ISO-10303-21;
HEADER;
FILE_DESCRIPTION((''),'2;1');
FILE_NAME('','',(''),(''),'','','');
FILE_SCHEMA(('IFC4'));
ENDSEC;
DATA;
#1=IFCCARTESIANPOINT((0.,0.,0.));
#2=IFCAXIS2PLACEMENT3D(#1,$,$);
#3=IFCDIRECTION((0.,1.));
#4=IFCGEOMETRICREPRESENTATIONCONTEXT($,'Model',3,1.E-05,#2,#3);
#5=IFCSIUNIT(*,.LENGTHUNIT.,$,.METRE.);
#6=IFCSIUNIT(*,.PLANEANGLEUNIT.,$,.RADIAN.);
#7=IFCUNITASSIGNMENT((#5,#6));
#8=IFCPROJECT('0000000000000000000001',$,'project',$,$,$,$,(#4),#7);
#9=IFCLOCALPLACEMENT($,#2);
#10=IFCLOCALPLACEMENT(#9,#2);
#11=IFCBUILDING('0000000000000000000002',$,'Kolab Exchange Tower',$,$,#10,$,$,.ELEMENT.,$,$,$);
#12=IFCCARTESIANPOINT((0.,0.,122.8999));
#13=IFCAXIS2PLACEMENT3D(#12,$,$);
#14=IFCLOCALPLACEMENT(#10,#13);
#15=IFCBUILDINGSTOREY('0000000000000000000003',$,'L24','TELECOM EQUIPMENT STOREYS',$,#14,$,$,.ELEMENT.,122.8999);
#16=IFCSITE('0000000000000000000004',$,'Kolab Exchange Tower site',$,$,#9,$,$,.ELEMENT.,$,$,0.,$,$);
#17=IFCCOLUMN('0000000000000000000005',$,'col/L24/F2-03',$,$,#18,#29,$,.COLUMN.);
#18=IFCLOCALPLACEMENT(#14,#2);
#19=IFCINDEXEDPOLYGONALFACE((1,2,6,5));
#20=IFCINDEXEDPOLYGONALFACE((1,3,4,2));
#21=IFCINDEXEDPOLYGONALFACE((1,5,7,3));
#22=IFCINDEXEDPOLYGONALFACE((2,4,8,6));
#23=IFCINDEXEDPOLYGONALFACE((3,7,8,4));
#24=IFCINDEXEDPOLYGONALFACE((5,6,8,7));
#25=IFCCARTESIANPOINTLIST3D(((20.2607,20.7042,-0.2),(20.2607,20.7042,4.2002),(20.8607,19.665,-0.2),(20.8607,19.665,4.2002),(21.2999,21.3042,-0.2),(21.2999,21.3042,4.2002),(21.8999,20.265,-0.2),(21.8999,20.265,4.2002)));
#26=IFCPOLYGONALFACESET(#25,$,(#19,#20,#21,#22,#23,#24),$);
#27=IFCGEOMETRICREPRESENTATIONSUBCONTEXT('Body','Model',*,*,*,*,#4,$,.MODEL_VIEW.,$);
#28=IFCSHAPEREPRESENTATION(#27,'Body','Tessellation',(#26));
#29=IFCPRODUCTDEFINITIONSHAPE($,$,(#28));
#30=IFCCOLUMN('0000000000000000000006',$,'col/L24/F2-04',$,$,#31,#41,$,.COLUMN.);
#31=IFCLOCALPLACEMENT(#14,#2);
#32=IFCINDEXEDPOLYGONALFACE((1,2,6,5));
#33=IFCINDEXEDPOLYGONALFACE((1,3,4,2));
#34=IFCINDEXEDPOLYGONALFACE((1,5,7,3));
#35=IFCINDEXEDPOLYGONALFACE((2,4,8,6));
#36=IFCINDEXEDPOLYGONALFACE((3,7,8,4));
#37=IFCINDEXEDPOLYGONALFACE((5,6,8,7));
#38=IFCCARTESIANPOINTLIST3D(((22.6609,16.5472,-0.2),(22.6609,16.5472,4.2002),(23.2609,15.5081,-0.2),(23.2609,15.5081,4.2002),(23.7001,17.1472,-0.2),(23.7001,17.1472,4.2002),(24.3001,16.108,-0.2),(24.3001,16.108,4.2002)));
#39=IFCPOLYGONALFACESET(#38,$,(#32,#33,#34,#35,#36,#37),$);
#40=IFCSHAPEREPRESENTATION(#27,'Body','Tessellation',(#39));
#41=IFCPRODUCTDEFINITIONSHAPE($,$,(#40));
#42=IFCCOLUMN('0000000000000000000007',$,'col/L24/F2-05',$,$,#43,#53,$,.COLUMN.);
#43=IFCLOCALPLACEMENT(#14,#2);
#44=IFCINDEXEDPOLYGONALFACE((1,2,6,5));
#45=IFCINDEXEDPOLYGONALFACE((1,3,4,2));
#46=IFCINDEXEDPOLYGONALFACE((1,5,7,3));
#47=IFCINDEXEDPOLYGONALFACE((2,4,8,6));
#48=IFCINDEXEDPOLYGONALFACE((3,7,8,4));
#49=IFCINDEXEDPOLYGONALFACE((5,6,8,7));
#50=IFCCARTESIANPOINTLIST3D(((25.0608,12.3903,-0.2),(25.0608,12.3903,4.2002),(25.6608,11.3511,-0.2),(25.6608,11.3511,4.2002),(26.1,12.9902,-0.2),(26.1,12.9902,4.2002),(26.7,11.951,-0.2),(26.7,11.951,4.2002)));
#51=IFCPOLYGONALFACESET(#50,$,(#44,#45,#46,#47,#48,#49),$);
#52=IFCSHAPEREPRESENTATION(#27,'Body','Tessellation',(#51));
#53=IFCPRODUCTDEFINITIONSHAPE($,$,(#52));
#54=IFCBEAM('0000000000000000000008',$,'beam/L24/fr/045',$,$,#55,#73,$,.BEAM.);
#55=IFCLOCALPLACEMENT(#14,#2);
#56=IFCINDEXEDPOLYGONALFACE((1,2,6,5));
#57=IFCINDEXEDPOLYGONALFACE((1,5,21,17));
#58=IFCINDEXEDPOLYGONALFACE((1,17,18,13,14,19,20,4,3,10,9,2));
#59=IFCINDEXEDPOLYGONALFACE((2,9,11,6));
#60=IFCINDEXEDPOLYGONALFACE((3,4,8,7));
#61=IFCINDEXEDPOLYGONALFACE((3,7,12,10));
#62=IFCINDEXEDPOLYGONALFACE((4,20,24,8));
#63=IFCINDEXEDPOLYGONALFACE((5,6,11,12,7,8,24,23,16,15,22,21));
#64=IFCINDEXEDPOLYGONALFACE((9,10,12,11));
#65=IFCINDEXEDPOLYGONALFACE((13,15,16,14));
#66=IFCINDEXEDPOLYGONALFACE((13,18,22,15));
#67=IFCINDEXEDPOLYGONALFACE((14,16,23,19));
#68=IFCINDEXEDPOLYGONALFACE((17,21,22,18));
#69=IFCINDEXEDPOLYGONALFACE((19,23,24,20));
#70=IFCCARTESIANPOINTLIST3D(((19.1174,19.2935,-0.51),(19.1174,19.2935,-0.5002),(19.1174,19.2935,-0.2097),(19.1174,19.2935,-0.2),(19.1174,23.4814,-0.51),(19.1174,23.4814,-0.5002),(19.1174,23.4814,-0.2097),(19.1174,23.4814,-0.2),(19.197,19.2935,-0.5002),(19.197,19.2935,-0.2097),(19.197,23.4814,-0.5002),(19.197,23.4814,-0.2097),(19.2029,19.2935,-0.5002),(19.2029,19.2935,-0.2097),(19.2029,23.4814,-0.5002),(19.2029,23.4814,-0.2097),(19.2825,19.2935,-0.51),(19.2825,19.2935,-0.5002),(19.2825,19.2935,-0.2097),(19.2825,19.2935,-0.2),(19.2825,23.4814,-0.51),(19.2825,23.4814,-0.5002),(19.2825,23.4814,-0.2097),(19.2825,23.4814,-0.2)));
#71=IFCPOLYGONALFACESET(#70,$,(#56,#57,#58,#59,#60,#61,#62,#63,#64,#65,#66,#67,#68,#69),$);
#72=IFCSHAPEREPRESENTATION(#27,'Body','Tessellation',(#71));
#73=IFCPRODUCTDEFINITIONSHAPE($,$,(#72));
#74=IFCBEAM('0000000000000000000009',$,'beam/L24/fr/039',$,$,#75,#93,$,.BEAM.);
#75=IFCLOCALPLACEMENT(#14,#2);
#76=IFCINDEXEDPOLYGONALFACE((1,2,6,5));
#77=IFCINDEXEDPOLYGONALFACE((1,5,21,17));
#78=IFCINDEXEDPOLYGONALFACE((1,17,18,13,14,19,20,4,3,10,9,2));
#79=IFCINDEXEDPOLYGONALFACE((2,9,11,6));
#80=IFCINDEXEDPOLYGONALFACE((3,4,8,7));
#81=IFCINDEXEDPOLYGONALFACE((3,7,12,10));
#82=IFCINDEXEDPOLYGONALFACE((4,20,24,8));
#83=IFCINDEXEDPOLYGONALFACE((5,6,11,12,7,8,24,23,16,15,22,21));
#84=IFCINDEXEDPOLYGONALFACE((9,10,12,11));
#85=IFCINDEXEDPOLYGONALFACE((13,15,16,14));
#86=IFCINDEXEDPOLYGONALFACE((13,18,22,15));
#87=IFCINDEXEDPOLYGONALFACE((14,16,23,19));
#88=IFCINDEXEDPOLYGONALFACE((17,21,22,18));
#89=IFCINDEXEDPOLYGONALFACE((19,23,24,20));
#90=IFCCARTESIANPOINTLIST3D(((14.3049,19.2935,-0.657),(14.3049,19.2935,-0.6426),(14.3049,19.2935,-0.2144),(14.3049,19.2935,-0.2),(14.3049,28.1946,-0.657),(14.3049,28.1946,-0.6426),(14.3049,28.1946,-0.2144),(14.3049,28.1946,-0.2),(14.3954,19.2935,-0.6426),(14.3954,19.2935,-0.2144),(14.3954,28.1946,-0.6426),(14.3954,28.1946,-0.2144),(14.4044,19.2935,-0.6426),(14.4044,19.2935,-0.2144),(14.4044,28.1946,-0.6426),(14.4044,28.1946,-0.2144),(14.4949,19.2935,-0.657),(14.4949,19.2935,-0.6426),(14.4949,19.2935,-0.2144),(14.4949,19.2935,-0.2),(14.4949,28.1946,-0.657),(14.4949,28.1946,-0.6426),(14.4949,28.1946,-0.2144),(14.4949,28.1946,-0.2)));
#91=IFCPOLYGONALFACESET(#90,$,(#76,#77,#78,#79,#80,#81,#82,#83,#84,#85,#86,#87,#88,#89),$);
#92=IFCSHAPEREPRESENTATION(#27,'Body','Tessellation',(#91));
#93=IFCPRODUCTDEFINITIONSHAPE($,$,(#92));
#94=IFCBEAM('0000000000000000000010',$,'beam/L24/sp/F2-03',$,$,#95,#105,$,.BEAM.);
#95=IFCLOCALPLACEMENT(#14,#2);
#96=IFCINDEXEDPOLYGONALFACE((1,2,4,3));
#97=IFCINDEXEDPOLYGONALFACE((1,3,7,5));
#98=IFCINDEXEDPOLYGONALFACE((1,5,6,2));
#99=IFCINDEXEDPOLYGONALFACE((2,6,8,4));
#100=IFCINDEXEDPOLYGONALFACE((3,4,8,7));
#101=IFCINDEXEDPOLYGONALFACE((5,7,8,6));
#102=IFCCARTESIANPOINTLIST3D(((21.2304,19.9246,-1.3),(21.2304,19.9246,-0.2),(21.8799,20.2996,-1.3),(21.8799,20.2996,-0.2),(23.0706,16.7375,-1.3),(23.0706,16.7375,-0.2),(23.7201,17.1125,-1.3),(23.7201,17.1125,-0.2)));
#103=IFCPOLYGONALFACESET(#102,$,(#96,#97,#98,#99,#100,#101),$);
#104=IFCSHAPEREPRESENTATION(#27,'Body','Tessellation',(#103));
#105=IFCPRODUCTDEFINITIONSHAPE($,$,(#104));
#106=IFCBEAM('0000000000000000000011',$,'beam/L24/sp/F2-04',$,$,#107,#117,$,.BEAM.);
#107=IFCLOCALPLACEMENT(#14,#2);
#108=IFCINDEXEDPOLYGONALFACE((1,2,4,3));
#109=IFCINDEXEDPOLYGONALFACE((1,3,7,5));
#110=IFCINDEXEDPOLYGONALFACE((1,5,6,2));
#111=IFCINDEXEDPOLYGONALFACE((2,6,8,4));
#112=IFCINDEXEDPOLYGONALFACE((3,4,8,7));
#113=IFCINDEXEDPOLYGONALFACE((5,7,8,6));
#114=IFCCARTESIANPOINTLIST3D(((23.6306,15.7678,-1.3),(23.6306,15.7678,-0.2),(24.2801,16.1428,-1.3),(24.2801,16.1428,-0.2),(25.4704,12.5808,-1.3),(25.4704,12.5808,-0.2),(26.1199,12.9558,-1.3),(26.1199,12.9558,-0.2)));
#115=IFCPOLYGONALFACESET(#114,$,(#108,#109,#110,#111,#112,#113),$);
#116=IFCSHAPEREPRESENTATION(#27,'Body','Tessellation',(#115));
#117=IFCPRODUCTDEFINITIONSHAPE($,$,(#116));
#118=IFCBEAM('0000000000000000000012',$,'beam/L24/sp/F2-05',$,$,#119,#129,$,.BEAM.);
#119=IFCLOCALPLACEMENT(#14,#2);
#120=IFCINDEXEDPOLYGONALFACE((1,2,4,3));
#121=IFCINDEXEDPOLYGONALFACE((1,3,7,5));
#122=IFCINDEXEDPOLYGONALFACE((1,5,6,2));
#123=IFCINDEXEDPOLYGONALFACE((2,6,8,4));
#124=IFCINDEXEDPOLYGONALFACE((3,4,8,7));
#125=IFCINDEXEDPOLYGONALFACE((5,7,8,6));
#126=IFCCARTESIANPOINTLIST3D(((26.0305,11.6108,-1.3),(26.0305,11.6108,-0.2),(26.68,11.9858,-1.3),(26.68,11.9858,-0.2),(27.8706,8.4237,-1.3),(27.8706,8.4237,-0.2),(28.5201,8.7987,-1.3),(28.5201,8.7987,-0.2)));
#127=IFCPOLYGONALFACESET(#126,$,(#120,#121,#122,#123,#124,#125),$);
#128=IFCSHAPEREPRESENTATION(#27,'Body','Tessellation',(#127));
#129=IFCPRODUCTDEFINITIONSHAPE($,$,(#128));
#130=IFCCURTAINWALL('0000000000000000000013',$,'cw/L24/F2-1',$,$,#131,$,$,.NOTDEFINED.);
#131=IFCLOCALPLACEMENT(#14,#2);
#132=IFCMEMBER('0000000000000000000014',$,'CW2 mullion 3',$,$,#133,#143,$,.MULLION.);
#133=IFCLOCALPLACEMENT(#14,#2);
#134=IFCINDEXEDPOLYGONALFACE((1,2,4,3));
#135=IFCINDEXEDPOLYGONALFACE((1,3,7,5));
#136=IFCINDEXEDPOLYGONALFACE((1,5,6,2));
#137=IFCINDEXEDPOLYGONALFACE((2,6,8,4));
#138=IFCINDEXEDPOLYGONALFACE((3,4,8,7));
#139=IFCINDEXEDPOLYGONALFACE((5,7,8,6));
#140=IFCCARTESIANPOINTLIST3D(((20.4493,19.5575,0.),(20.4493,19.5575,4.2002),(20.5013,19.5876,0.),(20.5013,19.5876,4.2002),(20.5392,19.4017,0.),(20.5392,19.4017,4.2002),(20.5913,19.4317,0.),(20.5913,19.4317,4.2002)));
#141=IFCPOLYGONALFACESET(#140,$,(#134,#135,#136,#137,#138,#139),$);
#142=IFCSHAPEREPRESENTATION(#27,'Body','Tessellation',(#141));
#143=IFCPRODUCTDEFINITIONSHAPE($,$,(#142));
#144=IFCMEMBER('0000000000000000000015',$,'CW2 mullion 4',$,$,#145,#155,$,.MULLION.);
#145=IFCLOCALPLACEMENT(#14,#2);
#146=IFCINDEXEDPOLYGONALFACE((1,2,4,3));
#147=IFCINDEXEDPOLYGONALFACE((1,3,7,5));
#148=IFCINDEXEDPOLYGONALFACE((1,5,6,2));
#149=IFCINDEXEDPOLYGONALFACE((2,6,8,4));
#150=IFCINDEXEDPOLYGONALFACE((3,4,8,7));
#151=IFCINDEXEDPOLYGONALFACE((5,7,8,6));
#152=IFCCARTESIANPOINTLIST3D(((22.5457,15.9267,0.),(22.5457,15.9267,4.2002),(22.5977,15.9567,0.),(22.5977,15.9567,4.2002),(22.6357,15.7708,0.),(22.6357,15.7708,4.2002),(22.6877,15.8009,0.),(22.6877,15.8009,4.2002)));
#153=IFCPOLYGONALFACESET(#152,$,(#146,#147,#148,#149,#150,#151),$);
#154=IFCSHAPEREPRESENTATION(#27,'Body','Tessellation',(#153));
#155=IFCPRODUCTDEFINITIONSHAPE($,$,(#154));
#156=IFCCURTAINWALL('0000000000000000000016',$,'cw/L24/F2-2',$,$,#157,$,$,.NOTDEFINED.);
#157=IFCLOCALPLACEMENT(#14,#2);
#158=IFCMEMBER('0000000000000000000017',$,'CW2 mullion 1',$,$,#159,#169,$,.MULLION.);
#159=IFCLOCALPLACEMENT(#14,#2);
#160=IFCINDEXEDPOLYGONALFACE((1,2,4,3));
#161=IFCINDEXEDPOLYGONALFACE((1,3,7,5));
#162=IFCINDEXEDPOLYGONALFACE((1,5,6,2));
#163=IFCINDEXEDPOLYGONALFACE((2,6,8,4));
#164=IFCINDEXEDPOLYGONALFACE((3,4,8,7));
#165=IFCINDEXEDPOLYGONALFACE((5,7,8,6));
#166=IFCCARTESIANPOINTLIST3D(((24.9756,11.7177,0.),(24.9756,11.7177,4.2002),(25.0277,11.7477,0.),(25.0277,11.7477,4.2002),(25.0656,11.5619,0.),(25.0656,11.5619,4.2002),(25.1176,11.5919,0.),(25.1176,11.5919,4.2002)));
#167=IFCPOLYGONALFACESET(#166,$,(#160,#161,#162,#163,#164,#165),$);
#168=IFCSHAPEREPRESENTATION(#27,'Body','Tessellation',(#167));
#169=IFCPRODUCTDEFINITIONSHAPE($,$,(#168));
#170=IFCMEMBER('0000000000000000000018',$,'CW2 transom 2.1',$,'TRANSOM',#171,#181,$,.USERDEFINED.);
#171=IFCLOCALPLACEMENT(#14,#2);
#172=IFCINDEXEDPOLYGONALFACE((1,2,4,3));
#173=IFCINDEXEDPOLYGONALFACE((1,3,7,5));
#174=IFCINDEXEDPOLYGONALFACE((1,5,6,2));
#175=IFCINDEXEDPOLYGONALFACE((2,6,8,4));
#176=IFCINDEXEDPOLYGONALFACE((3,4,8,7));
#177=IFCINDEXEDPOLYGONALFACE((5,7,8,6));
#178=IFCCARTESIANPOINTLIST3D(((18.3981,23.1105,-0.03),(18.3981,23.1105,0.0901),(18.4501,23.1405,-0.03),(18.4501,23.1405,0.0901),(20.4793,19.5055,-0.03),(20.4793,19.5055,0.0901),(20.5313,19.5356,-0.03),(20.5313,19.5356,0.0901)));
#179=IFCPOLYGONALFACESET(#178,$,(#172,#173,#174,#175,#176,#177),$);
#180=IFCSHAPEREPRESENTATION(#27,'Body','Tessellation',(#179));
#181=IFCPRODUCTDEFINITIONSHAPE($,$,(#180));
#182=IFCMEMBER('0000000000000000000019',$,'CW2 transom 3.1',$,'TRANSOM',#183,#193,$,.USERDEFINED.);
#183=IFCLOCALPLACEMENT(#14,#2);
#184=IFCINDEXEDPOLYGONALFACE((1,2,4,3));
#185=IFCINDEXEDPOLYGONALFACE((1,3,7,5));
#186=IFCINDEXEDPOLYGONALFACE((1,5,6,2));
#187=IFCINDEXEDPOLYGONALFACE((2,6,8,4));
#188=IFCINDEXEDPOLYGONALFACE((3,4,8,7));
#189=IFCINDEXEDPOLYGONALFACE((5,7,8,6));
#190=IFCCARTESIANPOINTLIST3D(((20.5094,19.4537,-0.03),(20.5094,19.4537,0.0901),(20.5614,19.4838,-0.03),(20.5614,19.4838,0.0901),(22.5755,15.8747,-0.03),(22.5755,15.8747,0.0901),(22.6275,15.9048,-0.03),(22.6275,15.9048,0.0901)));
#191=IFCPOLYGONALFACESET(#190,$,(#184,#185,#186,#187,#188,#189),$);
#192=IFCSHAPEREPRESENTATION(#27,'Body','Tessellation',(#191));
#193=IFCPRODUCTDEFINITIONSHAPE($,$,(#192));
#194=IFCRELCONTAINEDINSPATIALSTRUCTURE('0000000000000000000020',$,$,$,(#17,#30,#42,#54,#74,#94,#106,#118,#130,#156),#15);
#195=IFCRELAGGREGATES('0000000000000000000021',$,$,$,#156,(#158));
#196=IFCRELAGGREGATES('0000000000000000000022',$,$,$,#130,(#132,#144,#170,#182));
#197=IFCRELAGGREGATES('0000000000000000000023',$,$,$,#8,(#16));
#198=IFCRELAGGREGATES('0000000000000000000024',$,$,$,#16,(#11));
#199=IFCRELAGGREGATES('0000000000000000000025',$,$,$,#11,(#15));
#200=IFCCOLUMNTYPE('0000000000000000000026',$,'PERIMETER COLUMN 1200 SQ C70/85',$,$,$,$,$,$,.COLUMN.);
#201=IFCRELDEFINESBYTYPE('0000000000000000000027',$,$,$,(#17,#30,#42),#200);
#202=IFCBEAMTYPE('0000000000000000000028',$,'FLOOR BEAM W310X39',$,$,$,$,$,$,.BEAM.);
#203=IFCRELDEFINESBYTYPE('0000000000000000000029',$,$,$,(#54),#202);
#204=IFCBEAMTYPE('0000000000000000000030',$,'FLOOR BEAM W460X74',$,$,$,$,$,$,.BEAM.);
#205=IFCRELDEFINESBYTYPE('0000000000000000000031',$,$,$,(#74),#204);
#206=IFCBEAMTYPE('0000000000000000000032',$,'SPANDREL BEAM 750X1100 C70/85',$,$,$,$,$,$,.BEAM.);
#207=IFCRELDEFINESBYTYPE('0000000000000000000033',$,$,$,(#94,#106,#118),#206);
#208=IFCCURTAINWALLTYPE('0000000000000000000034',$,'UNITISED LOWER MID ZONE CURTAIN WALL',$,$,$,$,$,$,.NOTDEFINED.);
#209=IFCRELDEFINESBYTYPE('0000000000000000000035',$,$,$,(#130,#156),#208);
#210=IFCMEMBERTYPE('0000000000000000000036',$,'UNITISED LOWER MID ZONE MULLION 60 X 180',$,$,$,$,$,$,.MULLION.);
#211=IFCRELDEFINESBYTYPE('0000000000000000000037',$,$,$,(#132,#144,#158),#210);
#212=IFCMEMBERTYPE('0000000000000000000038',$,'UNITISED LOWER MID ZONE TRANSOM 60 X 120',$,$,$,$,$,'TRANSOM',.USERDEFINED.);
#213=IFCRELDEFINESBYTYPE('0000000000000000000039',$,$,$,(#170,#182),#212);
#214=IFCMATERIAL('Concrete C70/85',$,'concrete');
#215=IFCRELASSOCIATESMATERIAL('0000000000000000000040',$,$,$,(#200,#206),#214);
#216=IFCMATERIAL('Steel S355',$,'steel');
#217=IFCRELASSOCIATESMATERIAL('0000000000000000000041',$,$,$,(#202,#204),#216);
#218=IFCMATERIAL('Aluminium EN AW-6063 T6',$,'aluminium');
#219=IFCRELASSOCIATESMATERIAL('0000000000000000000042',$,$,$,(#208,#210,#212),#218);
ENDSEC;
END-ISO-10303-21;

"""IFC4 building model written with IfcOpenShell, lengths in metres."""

from ifc_helpers import new_model, si_unit, direction, frame, origin, origin_2d, place, context, subcontext, project, spatial, rectangle, i_section, extrude, material, material_profile, profile_set, type_object, element, aggregate, save


model = new_model("IFC4")

# Units and contexts
model_context = context("Model", 3, precision=1e-05, world=origin(), true_north=direction((0.0, 1.0)))
body_context = subcontext(model_context, "Body", "Model", "MODEL_VIEW")
ifc_project = project(units=[si_unit("LENGTHUNIT", "METRE"), si_unit("PLANEANGLEUNIT", "RADIAN")], contexts=[model_context])

# Site, building, storey
site_placement = place(None, origin())
site = spatial("IfcSite", under=ifc_project, at=site_placement, Name="Kolab Exchange Tower site", CompositionType="ELEMENT", RefElevation=0.0)
building_placement = place(site_placement, origin())
building = spatial("IfcBuilding", under=site, at=building_placement, Name="Kolab Exchange Tower", CompositionType="ELEMENT")
storey_placement = place(building_placement, frame((0.0, 0.0, 122.8999)))
storey = spatial("IfcBuildingStorey", under=building, at=storey_placement, Name="L24", Description="TELECOM EQUIPMENT STOREYS", CompositionType="ELEMENT", Elevation=122.8999)

# Columns
ifc_material_1 = material(Name="Concrete C70/85", Category="concrete")
ifc_material_profile_1 = material_profile(ifc_material_1, rectangle(XDim=1.2, YDim=1.2, at=origin_2d()), Name="RC1200")
ifc_profile_set_1 = profile_set([ifc_material_profile_1], Name="Concrete C70/85")
column_type = type_object("IfcColumnType", Name="PERIMETER COLUMN 1200 SQ C70/85", PredefinedType="COLUMN", material=ifc_profile_set_1)
for number, where, z_axis, x_axis, name in (
    (1, (21.0803, 20.4846, -0.2), (0.0, 0.0, 1.0), (0.866025, 0.5, 0.0), "col/L24/F2-03"),
    (2, (23.4805, 16.3276, -0.2), (0.0, 0.0, 1.0), (0.866025, 0.5, 0.0), "col/L24/F2-04"),
    (3, (25.8804, 12.1707, -0.2), (0.0, 0.0, 1.0), (0.866025, 0.5, 0.0), "col/L24/F2-05"),
):
    element("IfcColumn", number, at=place(storey_placement, frame(where, z_axis=z_axis, x_axis=x_axis)), inside=storey, type_object=column_type, Name=name, PredefinedType="COLUMN", context=body_context, shape_type="SweptSolid", body=[
        extrude(rectangle(XDim=1.2, YDim=1.2, at=origin_2d()), origin(), (0.0, 0.0, 1.0), 4.4001),
    ])

# Beams
ifc_material_2 = material(Name="Steel S355", Category="steel")
ifc_material_profile_2 = material_profile(ifc_material_2, i_section(OverallWidth=0.165, OverallDepth=0.3101, WebThickness=0.0059, FlangeThickness=0.0098, at=origin_2d()), Name="W310X39")
ifc_profile_set_2 = profile_set([ifc_material_profile_2], Name="Steel S355")
beam_type_1 = type_object("IfcBeamType", Name="FLOOR BEAM W310X39", PredefinedType="BEAM", material=ifc_profile_set_2)
beam_1_placement = place(storey_placement, frame((19.2, 19.2935, -0.355), z_axis=(0.0, 1.0, 0.0), x_axis=(-1.0, 0.0, 0.0)))
element("IfcBeam", 4, at=beam_1_placement, inside=storey, type_object=beam_type_1, Name="beam/L24/fr/045", PredefinedType="BEAM", context=body_context, shape_type="SweptSolid", body=[
    extrude(i_section(OverallWidth=0.165, OverallDepth=0.3101, WebThickness=0.0059, FlangeThickness=0.0098, at=origin_2d()), origin(), (0.0, 0.0, 1.0), 4.188),
])
ifc_material_profile_3 = material_profile(ifc_material_2, i_section(OverallWidth=0.1899, OverallDepth=0.457, WebThickness=0.009, FlangeThickness=0.0144, at=origin_2d()), Name="W460X74")
ifc_profile_set_3 = profile_set([ifc_material_profile_3], Name="Steel S355")
beam_type_2 = type_object("IfcBeamType", Name="FLOOR BEAM W460X74", PredefinedType="BEAM", material=ifc_profile_set_3)
beam_2_placement = place(storey_placement, frame((14.3999, 19.2935, -0.4285), z_axis=(0.0, 1.0, 0.0), x_axis=(-1.0, 0.0, 0.0)))
element("IfcBeam", 5, at=beam_2_placement, inside=storey, type_object=beam_type_2, Name="beam/L24/fr/039", PredefinedType="BEAM", context=body_context, shape_type="SweptSolid", body=[
    extrude(i_section(OverallWidth=0.1899, OverallDepth=0.457, WebThickness=0.009, FlangeThickness=0.0144, at=origin_2d()), origin(), (0.0, 0.0, 1.0), 8.9011),
])
ifc_material_profile_4 = material_profile(ifc_material_1, rectangle(XDim=0.75, YDim=1.1001, at=origin_2d()), Name="RC750X1100")
ifc_profile_set_4 = profile_set([ifc_material_profile_4], Name="Concrete C70/85")
beam_type_3 = type_object("IfcBeamType", Name="SPANDREL BEAM 750X1100 C70/85", PredefinedType="BEAM", material=ifc_profile_set_4)
beam_3_placement = place(storey_placement, frame((21.5552, 20.1121, -0.75), z_axis=(0.500013, -0.866018, 0.0), x_axis=(0.866018, 0.500013, 0.0)))
element("IfcBeam", 6, at=beam_3_placement, inside=storey, type_object=beam_type_3, Name="beam/L24/sp/F2-03", PredefinedType="BEAM", context=body_context, shape_type="SweptSolid", body=[
    extrude(rectangle(XDim=0.75, YDim=1.1001, at=origin_2d()), origin(), (0.0, 0.0, 1.0), 3.6802),
])
beam_4_placement = place(storey_placement, frame((23.9553, 15.9553, -0.75), z_axis=(0.499964, -0.866046, 0.0), x_axis=(0.866046, 0.499964, 0.0)))
element("IfcBeam", 7, at=beam_4_placement, inside=storey, type_object=beam_type_3, Name="beam/L24/sp/F2-04", PredefinedType="BEAM", context=body_context, shape_type="SweptSolid", body=[
    extrude(rectangle(XDim=0.75, YDim=1.1001, at=origin_2d()), origin(), (0.0, 0.0, 1.0), 3.6799),
])
beam_5_placement = place(storey_placement, frame((26.3552, 11.7983, -0.75), z_axis=(0.500013, -0.866018, 0.0), x_axis=(0.866018, 0.500013, 0.0)))
element("IfcBeam", 8, at=beam_5_placement, inside=storey, type_object=beam_type_3, Name="beam/L24/sp/F2-05", PredefinedType="BEAM", context=body_context, shape_type="SweptSolid", body=[
    extrude(rectangle(XDim=0.75, YDim=1.1001, at=origin_2d()), origin(), (0.0, 0.0, 1.0), 3.6802),
])

# Curtain wall, members
ifc_material_3 = material(Name="Aluminium EN AW-6063 T6", Category="aluminium")
curtain_wall_type = type_object("IfcCurtainWallType", Name="UNITISED LOWER MID ZONE CURTAIN WALL", PredefinedType="NOTDEFINED", material=ifc_material_3)
curtain_wall_1_placement = place(storey_placement, origin())
curtain_wall_1 = element("IfcCurtainWall", 9, at=curtain_wall_1_placement, inside=storey, type_object=curtain_wall_type, Name="cw/L24/F2-1", PredefinedType="NOTDEFINED")
ifc_material_profile_5 = material_profile(ifc_material_3, rectangle(XDim=0.0601, YDim=0.1799, at=origin_2d()), Name="RECT 60X180")
ifc_profile_set_5 = profile_set([ifc_material_profile_5], Name="Aluminium EN AW-6063 T6")
member_type_1 = type_object("IfcMemberType", Name="UNITISED LOWER MID ZONE MULLION 60 X 180", PredefinedType="MULLION", material=ifc_profile_set_5)
member_1_placement = place(storey_placement, frame((20.5203, 19.4946, 0.0), z_axis=(0.0, 0.0, 1.0), x_axis=(0.866025, 0.5, 0.0)))
member_1 = element("IfcMember", 10, at=member_1_placement, type_object=member_type_1, Name="CW2 mullion 3", PredefinedType="MULLION", context=body_context, shape_type="SweptSolid", body=[
    extrude(rectangle(XDim=0.0601, YDim=0.1799, at=origin_2d()), origin(), (0.0, 0.0, 1.0), 4.2002),
])
member_2_placement = place(storey_placement, frame((22.6167, 15.8638, 0.0), z_axis=(0.0, 0.0, 1.0), x_axis=(0.866025, 0.5, 0.0)))
member_2 = element("IfcMember", 11, at=member_2_placement, type_object=member_type_1, Name="CW2 mullion 4", PredefinedType="MULLION", context=body_context, shape_type="SweptSolid", body=[
    extrude(rectangle(XDim=0.0601, YDim=0.1799, at=origin_2d()), origin(), (0.0, 0.0, 1.0), 4.2002),
])

# Curtain wall, member
curtain_wall_2_placement = place(storey_placement, origin())
curtain_wall_2 = element("IfcCurtainWall", 12, at=curtain_wall_2_placement, inside=storey, type_object=curtain_wall_type, Name="cw/L24/F2-2", PredefinedType="NOTDEFINED")
member_3_placement = place(storey_placement, frame((25.0466, 11.6548, 0.0), z_axis=(0.0, 0.0, 1.0), x_axis=(0.866025, 0.5, 0.0)))
member_3 = element("IfcMember", 13, at=member_3_placement, type_object=member_type_1, Name="CW2 mullion 1", PredefinedType="MULLION", context=body_context, shape_type="SweptSolid", body=[
    extrude(rectangle(XDim=0.0601, YDim=0.1799, at=origin_2d()), origin(), (0.0, 0.0, 1.0), 4.2002),
])
aggregate(curtain_wall_2, [member_3])

# Members
ifc_material_profile_6 = material_profile(ifc_material_3, rectangle(XDim=0.0601, YDim=0.1201, at=origin_2d()), Name="RECT 60X120")
ifc_profile_set_6 = profile_set([ifc_material_profile_6], Name="Aluminium EN AW-6063 T6")
member_type_2 = type_object("IfcMemberType", Name="UNITISED LOWER MID ZONE TRANSOM 60 X 120", ElementType="TRANSOM", PredefinedType="USERDEFINED", material=ifc_profile_set_6)
member_4_placement = place(storey_placement, frame((18.4241, 23.1255, 0.03), z_axis=(0.499993, -0.866029, 0.0), x_axis=(0.866029, 0.499993, 0.0)))
member_4 = element("IfcMember", 14, at=member_4_placement, type_object=member_type_2, Name="CW2 transom 2.1", ObjectType="TRANSOM", PredefinedType="USERDEFINED", context=body_context, shape_type="SweptSolid", body=[
    extrude(rectangle(XDim=0.0601, YDim=0.1201, at=origin_2d()), origin(), (0.0, 0.0, 1.0), 4.1626),
])
member_5_placement = place(storey_placement, frame((20.5354, 19.4688, 0.03), z_axis=(0.499958, -0.86605, 0.0), x_axis=(0.86605, 0.499958, 0.0)))
member_5 = element("IfcMember", 15, at=member_5_placement, type_object=member_type_2, Name="CW2 transom 3.1", ObjectType="TRANSOM", PredefinedType="USERDEFINED", context=body_context, shape_type="SweptSolid", body=[
    extrude(rectangle(XDim=0.0601, YDim=0.1201, at=origin_2d()), origin(), (0.0, 0.0, 1.0), 4.1326),
])

aggregate(curtain_wall_1, [member_1, member_2, member_4, member_5])

save(model, "model.ifc")
